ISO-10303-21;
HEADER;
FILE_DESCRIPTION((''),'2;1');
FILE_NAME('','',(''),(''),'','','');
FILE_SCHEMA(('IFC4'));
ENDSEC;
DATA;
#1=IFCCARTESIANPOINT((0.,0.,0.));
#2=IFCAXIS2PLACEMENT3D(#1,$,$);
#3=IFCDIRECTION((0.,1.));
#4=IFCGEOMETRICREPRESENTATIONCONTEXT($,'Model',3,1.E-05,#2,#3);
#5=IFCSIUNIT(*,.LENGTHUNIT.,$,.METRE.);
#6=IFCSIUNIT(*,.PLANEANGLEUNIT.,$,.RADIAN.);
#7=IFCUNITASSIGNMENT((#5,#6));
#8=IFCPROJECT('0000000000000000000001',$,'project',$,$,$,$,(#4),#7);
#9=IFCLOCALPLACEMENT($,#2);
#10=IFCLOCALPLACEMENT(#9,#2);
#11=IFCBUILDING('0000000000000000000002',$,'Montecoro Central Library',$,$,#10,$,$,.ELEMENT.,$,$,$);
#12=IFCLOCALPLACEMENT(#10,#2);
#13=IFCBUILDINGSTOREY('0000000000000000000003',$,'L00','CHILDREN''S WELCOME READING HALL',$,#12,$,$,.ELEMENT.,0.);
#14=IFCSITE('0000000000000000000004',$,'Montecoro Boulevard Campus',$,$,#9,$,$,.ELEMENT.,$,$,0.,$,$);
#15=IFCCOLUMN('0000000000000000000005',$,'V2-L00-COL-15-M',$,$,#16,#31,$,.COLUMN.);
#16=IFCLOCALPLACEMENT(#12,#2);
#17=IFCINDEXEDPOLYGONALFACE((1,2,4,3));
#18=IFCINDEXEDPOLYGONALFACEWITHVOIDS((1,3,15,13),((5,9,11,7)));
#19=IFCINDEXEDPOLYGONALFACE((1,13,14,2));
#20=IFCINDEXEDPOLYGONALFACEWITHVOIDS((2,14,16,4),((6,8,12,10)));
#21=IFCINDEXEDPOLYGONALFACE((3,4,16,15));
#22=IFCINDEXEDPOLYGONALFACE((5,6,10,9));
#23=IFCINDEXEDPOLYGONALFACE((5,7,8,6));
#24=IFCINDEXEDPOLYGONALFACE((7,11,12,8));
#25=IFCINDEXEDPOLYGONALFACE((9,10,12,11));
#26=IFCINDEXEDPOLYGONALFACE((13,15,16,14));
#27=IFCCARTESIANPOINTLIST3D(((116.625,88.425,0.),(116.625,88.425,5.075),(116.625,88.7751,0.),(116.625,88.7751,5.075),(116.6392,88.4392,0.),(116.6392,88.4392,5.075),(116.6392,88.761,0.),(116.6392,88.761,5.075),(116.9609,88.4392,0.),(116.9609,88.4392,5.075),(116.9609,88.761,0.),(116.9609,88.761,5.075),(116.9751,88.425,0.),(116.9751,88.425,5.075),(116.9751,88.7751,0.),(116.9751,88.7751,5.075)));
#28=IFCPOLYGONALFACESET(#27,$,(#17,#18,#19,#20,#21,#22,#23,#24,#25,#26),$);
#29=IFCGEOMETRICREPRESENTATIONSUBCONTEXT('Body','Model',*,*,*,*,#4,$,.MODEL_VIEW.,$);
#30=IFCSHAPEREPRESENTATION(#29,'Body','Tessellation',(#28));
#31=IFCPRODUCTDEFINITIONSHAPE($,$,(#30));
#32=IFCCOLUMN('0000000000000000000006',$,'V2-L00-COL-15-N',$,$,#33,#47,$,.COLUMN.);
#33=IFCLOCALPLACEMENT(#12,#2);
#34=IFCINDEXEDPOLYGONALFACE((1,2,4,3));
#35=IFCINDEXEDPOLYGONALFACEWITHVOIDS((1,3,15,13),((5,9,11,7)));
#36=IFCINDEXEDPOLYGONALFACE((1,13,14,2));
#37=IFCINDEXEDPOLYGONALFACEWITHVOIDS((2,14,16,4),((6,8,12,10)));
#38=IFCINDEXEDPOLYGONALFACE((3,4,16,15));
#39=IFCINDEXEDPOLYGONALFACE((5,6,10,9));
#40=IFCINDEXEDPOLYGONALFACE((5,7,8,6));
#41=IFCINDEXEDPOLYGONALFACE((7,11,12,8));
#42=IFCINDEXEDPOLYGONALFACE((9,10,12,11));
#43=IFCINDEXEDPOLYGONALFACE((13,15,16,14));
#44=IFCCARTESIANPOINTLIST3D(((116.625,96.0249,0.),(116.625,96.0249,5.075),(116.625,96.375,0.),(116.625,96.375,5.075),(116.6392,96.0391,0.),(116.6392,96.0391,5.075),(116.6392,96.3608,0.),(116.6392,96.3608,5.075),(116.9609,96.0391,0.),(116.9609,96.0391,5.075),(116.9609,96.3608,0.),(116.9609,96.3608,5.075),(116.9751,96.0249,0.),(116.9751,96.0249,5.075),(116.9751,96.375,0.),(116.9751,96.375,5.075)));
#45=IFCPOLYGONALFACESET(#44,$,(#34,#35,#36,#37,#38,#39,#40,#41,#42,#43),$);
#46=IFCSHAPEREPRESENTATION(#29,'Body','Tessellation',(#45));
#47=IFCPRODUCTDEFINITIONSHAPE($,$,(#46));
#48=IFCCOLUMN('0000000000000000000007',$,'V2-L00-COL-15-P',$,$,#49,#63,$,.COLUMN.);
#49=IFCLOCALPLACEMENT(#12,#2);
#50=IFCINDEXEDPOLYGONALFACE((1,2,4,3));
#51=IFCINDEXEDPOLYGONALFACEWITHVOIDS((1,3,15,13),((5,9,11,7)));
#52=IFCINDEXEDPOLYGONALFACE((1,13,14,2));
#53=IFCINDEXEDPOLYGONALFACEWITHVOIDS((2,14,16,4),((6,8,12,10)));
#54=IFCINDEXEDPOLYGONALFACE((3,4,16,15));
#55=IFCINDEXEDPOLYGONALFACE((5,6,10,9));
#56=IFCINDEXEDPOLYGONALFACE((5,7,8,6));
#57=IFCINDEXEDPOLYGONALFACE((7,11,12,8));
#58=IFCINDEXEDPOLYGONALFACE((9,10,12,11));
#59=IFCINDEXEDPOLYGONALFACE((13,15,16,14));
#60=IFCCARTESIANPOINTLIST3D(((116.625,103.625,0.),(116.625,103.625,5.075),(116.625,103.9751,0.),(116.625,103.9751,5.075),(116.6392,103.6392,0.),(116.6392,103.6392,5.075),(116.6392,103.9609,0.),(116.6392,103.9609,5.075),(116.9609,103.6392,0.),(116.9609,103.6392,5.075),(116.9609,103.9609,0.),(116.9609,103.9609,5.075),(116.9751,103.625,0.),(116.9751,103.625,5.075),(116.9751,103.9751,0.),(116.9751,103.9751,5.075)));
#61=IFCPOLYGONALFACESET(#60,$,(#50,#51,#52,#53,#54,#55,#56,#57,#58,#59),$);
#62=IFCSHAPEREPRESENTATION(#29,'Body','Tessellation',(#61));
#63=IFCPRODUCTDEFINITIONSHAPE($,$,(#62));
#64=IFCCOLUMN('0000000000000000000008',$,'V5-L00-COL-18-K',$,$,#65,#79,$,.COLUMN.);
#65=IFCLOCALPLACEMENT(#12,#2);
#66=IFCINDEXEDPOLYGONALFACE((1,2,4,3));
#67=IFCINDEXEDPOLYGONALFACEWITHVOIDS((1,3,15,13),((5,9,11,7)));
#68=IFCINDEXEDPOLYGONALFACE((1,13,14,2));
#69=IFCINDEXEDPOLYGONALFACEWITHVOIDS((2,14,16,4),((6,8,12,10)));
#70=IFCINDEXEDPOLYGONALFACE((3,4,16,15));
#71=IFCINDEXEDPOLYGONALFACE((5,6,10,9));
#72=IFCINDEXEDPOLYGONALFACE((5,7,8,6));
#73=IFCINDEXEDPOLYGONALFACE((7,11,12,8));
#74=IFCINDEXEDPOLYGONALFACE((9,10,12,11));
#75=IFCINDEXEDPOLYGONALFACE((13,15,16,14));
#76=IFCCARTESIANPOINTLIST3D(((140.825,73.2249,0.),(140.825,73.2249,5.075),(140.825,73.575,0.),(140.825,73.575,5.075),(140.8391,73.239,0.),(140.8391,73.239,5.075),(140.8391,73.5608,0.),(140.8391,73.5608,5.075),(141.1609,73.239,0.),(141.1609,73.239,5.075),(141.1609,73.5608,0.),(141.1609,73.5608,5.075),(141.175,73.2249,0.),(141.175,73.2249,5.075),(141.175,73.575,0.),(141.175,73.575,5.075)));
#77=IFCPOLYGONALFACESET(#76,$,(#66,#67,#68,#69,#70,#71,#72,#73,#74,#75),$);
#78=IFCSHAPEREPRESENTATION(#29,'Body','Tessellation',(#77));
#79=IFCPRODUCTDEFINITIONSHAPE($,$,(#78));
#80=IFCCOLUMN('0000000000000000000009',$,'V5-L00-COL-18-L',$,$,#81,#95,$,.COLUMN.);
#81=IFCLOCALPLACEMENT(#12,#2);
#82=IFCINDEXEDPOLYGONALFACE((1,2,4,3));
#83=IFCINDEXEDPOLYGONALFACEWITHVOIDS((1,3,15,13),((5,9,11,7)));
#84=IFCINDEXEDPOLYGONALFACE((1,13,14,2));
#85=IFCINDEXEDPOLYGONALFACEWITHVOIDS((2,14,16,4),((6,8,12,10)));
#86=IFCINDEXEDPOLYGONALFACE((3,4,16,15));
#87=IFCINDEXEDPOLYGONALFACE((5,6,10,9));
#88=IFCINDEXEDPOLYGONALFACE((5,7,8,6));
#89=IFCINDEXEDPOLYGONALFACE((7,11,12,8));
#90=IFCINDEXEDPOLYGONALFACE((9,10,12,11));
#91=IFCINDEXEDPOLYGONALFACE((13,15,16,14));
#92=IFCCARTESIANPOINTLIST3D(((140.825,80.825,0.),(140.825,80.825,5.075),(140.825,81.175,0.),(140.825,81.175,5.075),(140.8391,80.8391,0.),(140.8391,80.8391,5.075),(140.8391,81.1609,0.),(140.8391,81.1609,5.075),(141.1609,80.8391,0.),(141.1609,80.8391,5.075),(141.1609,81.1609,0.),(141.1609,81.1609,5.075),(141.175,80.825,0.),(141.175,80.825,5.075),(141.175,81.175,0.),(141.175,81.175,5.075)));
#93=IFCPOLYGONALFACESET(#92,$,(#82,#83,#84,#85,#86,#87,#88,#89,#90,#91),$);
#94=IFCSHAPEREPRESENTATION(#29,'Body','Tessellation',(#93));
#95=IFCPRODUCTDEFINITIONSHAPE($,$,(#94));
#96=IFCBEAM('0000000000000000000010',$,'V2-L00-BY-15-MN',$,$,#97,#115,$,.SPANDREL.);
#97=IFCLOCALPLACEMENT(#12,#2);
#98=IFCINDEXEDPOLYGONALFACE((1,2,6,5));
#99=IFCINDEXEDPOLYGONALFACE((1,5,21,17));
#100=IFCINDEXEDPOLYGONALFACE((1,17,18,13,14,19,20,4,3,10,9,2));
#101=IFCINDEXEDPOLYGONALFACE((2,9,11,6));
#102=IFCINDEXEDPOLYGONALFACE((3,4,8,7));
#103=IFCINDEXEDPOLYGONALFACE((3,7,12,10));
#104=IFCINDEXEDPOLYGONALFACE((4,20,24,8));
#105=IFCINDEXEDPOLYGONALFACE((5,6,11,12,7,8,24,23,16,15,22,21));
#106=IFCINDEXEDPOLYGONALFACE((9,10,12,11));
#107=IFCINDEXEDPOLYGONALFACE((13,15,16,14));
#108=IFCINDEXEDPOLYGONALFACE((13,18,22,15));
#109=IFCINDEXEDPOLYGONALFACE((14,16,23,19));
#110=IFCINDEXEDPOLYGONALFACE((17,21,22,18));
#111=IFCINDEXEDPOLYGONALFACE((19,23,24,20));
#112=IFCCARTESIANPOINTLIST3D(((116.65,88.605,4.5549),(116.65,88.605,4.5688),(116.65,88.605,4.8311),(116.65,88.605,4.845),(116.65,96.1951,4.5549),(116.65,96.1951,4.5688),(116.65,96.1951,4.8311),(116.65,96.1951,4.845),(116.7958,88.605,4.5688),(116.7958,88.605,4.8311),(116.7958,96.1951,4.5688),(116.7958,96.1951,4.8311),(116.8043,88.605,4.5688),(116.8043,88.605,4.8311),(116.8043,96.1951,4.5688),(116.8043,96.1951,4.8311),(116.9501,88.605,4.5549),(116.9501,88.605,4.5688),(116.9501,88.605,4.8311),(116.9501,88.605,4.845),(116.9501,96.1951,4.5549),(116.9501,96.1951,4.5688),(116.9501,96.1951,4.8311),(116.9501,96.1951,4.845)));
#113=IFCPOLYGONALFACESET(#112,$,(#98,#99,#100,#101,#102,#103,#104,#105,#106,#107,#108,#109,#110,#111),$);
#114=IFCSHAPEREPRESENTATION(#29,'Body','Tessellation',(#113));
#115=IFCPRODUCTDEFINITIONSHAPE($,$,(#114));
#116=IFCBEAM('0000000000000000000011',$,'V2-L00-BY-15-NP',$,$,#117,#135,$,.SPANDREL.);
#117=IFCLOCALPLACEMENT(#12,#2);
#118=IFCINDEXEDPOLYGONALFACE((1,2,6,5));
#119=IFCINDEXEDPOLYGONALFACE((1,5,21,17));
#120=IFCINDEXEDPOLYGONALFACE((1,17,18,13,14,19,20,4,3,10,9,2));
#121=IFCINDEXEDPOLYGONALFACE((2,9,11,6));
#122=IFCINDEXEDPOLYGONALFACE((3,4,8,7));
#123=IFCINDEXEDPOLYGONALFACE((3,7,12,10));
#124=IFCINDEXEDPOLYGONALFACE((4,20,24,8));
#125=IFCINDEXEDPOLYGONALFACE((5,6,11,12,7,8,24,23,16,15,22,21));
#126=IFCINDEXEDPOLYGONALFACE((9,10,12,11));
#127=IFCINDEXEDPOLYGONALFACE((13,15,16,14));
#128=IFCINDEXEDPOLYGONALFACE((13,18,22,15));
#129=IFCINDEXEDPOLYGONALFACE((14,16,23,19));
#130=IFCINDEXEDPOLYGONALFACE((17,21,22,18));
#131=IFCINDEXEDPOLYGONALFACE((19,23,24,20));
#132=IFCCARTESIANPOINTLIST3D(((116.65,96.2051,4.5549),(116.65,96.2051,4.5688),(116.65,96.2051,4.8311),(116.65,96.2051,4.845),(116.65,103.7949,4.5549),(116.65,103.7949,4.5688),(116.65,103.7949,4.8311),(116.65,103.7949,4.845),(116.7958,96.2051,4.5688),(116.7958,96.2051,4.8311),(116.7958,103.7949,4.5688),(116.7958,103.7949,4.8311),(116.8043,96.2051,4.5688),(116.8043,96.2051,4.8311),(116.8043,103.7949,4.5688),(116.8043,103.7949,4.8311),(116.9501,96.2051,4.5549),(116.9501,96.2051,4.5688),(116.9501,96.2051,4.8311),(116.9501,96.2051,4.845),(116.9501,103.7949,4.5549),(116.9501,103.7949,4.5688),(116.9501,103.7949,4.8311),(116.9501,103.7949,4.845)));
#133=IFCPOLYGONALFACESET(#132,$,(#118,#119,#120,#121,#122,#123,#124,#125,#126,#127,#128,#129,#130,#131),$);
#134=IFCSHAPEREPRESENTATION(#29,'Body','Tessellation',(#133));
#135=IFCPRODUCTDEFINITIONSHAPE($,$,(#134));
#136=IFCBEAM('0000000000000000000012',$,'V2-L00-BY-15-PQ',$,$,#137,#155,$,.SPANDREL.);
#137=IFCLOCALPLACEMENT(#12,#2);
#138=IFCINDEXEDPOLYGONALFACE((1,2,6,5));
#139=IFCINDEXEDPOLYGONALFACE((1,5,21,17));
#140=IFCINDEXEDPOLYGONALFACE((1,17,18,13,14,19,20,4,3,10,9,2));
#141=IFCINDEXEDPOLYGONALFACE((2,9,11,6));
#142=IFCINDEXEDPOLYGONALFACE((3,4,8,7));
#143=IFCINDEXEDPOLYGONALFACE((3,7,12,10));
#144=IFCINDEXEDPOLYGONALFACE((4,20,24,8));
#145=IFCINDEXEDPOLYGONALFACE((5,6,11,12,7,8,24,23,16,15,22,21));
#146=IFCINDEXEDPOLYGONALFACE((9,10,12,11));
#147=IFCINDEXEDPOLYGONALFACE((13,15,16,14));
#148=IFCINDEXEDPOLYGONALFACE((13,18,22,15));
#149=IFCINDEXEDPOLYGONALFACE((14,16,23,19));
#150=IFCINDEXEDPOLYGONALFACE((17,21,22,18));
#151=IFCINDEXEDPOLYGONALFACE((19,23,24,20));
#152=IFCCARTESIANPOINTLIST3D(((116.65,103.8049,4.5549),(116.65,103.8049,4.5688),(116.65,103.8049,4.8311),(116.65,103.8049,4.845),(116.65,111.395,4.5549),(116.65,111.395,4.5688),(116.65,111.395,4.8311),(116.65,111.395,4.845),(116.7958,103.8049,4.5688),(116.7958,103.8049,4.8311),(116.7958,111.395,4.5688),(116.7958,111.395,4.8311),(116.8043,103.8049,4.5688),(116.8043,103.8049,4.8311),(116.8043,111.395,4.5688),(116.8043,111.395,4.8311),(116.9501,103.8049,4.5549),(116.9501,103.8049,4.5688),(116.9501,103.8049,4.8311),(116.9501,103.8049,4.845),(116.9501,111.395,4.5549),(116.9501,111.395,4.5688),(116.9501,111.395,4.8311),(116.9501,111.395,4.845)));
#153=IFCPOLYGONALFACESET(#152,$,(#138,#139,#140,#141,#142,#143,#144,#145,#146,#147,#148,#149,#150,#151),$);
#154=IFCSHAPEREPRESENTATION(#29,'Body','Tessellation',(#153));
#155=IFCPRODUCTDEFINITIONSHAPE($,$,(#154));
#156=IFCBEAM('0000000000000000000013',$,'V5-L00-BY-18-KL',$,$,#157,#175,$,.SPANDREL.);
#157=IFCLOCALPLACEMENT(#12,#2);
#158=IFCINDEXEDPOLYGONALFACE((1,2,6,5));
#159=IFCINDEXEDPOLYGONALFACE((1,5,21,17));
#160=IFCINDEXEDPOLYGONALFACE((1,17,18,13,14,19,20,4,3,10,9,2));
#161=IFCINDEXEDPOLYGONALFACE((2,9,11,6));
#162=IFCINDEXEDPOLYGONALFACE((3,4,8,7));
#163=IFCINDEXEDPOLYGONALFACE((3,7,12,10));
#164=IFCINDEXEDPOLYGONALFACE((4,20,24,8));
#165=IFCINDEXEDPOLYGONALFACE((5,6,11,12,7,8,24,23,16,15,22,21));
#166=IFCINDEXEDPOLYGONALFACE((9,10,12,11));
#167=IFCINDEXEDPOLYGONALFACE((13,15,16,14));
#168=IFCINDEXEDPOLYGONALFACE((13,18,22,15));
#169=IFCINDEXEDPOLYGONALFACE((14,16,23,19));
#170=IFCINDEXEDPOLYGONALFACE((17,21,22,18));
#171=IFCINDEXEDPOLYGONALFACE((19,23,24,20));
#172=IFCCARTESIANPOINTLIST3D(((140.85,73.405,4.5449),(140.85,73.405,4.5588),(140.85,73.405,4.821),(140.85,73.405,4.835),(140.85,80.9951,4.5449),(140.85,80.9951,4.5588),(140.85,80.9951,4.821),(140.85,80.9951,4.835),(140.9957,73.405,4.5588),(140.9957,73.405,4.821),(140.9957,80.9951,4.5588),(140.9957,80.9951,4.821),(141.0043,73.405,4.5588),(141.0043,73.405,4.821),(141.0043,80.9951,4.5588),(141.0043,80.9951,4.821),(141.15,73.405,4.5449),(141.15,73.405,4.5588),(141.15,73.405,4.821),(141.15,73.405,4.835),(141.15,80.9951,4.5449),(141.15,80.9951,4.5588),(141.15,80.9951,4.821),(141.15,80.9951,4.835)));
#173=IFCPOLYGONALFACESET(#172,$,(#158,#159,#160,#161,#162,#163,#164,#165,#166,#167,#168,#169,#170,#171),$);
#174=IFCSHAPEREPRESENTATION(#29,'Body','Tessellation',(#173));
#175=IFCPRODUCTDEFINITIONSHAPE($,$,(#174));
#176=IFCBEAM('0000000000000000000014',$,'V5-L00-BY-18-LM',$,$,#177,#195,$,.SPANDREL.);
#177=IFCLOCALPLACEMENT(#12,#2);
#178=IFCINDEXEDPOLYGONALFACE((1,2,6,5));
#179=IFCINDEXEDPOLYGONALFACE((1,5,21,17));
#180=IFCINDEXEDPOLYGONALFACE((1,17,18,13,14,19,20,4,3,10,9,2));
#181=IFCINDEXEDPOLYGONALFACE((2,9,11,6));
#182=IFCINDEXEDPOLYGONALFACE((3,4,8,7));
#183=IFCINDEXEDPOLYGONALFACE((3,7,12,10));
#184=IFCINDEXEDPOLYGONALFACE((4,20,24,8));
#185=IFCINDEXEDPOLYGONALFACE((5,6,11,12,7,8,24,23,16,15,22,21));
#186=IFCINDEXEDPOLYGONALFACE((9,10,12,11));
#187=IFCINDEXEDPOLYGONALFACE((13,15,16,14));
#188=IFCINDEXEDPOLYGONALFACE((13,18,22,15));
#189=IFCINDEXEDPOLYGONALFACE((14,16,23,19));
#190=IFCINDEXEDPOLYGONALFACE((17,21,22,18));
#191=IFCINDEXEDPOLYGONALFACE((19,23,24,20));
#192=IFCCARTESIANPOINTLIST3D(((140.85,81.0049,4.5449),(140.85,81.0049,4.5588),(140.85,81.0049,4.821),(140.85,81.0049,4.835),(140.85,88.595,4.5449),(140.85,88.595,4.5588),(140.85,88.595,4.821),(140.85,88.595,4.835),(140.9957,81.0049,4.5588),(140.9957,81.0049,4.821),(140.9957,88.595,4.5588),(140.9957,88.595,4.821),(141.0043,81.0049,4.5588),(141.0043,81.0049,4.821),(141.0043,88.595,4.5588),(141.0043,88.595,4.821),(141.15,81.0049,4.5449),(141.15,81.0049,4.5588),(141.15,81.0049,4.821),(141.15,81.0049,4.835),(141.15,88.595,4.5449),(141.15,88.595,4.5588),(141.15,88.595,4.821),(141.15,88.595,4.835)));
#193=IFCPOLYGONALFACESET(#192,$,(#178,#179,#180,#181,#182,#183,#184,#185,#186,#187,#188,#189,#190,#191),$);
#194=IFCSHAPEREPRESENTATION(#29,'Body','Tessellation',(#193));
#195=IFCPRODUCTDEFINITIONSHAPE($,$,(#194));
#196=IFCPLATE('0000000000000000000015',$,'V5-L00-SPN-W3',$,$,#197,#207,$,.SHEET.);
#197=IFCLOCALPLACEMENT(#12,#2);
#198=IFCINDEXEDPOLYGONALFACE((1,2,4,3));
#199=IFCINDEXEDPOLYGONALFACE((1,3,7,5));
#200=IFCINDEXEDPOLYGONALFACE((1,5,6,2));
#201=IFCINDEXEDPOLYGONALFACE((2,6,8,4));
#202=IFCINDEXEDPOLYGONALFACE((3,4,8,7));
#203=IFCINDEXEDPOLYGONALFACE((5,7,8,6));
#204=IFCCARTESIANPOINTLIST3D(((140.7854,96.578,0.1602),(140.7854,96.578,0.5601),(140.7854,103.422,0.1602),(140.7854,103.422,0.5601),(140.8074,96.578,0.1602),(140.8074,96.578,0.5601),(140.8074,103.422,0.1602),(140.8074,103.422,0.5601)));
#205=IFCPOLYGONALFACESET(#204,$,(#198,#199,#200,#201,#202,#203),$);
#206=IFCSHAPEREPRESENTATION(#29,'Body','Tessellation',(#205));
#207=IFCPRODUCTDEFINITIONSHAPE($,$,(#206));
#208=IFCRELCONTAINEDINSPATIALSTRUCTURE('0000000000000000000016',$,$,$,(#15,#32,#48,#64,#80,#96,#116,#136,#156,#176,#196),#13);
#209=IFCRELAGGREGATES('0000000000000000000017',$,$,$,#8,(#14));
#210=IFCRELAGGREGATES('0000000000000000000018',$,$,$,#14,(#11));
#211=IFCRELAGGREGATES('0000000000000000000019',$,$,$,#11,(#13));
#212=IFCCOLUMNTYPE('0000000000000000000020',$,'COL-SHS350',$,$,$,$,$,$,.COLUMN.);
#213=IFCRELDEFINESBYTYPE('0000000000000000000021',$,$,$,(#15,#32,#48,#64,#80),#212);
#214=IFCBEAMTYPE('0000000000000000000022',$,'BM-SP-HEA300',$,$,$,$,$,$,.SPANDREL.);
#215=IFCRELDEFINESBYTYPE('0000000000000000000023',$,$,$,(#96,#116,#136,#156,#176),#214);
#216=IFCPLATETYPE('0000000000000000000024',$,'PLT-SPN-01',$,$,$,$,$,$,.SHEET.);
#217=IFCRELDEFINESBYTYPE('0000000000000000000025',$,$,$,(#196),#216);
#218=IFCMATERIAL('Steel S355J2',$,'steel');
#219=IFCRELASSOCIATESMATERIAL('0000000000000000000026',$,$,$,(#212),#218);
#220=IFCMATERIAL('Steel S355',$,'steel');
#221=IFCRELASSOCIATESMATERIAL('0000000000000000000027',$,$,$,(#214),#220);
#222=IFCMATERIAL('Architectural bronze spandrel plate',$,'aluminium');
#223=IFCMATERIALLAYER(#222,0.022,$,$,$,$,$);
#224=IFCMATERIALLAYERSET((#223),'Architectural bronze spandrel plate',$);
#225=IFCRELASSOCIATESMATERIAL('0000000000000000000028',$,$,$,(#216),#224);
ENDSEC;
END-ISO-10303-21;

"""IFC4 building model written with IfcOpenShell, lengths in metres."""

from ifc_helpers import new_model, si_unit, direction, frame, origin, origin_2d, place, context, subcontext, project, spatial, rectangle, hollow_rectangle, i_section, extrude, material, layer, layer_set, material_profile, profile_set, type_object, element, save


model = new_model("IFC4")

# Units and contexts
model_context = context("Model", 3, precision=1e-05, world=origin(), true_north=direction((0.0, 1.0)))
body_context = subcontext(model_context, "Body", "Model", "MODEL_VIEW")
ifc_project = project(units=[si_unit("LENGTHUNIT", "METRE"), si_unit("PLANEANGLEUNIT", "RADIAN")], contexts=[model_context])

# Site, building, storey
site_placement = place(None, origin())
site = spatial("IfcSite", under=ifc_project, at=site_placement, Name="Montecoro Boulevard Campus", CompositionType="ELEMENT", RefElevation=0.0)
building_placement = place(site_placement, origin())
building = spatial("IfcBuilding", under=site, at=building_placement, Name="Montecoro Central Library", CompositionType="ELEMENT")
storey_placement = place(building_placement, origin())
storey = spatial("IfcBuildingStorey", under=building, at=storey_placement, Name="L00", Description="CHILDREN'S WELCOME READING HALL", CompositionType="ELEMENT", Elevation=0.0)

# Columns
ifc_material_1 = material(Name="Steel S355J2", Category="steel")
ifc_material_profile_1 = material_profile(ifc_material_1, hollow_rectangle(XDim=0.3501, YDim=0.3501, WallThickness=0.0142, at=origin_2d()), Name="SHS 350x350x14.2")
ifc_profile_set_1 = profile_set([ifc_material_profile_1], Name="Steel S355J2")
column_type = type_object("IfcColumnType", Name="COL-SHS350", PredefinedType="COLUMN", material=ifc_profile_set_1)
for number, where, z_axis, x_axis, name in (
    (1, (116.8, 88.6001, 0.0), (0.0, 0.0, 1.0), (1.0, 0.0, 0.0), "V2-L00-COL-15-M"),
    (2, (116.8, 96.2, 0.0), (0.0, 0.0, 1.0), (1.0, 0.0, 0.0), "V2-L00-COL-15-N"),
    (3, (116.8, 103.8, 0.0), (0.0, 0.0, 1.0), (1.0, 0.0, 0.0), "V2-L00-COL-15-P"),
    (4, (141.0, 73.3999, 0.0), (0.0, 0.0, 1.0), (1.0, 0.0, 0.0), "V5-L00-COL-18-K"),
    (5, (141.0, 81.0, 0.0), (0.0, 0.0, 1.0), (1.0, 0.0, 0.0), "V5-L00-COL-18-L"),
):
    element("IfcColumn", number, at=place(storey_placement, frame(where, z_axis=z_axis, x_axis=x_axis)), inside=storey, type_object=column_type, Name=name, PredefinedType="COLUMN", context=body_context, shape_type="SweptSolid", body=[
        extrude(hollow_rectangle(XDim=0.3501, YDim=0.3501, WallThickness=0.0142, at=origin_2d()), origin(), (0.0, 0.0, 1.0), 5.075),
    ])

# Beams
ifc_material_2 = material(Name="Steel S355", Category="steel")
ifc_material_profile_2 = material_profile(ifc_material_2, i_section(OverallWidth=0.3, OverallDepth=0.29, WebThickness=0.0085, FlangeThickness=0.0139, at=origin_2d()), Name="HEA 300")
ifc_profile_set_2 = profile_set([ifc_material_profile_2], Name="Steel S355")
beam_type = type_object("IfcBeamType", Name="BM-SP-HEA300", PredefinedType="SPANDREL", material=ifc_profile_set_2)
beam_1_placement = place(storey_placement, frame((116.8, 88.605, 4.7), z_axis=(0.0, 1.0, 0.0), x_axis=(-1.0, 0.0, 0.0)))
element("IfcBeam", 6, at=beam_1_placement, inside=storey, type_object=beam_type, Name="V2-L00-BY-15-MN", PredefinedType="SPANDREL", context=body_context, shape_type="SweptSolid", body=[
    extrude(i_section(OverallWidth=0.3, OverallDepth=0.29, WebThickness=0.0085, FlangeThickness=0.0139, at=origin_2d()), origin(), (0.0, 0.0, 1.0), 7.5901),
])
beam_2_placement = place(storey_placement, frame((116.8, 96.2051, 4.7), z_axis=(0.0, 1.0, 0.0), x_axis=(-1.0, 0.0, 0.0)))
element("IfcBeam", 7, at=beam_2_placement, inside=storey, type_object=beam_type, Name="V2-L00-BY-15-NP", PredefinedType="SPANDREL", context=body_context, shape_type="SweptSolid", body=[
    extrude(i_section(OverallWidth=0.3, OverallDepth=0.29, WebThickness=0.0085, FlangeThickness=0.0139, at=origin_2d()), origin(), (0.0, 0.0, 1.0), 7.5898),
])
for number, where, z_axis, x_axis, name in (
    (8, (116.8, 103.8049, 4.7), (0.0, 1.0, 0.0), (-1.0, 0.0, 0.0), "V2-L00-BY-15-PQ"),
    (9, (141.0, 73.405, 4.6899), (0.0, 1.0, 0.0), (-1.0, 0.0, 0.0), "V5-L00-BY-18-KL"),
    (10, (141.0, 81.0049, 4.6899), (0.0, 1.0, 0.0), (-1.0, 0.0, 0.0), "V5-L00-BY-18-LM"),
):
    element("IfcBeam", number, at=place(storey_placement, frame(where, z_axis=z_axis, x_axis=x_axis)), inside=storey, type_object=beam_type, Name=name, PredefinedType="SPANDREL", context=body_context, shape_type="SweptSolid", body=[
        extrude(i_section(OverallWidth=0.3, OverallDepth=0.29, WebThickness=0.0085, FlangeThickness=0.0139, at=origin_2d()), origin(), (0.0, 0.0, 1.0), 7.5901),
    ])

# Plate
ifc_material_3 = material(Name="Architectural bronze spandrel plate", Category="aluminium")
ifc_layer_1 = layer(ifc_material_3, 0.022)
ifc_layer_set_1 = layer_set([ifc_layer_1], Name="Architectural bronze spandrel plate")
plate_type_1 = type_object("IfcPlateType", Name="PLT-SPN-01", PredefinedType="SHEET", material=ifc_layer_set_1)
plate_placement = place(storey_placement, frame((140.7964, 100.0, 0.1602), z_axis=(0.0, 0.0, 1.0), x_axis=(0.0, -1.0, 0.0)))
element("IfcPlate", 11, at=plate_placement, inside=storey, type_object=plate_type_1, Name="V5-L00-SPN-W3", PredefinedType="SHEET", context=body_context, shape_type="SweptSolid", body=[
    extrude(rectangle(XDim=6.844, YDim=0.022, at=origin_2d()), origin(), (0.0, 0.0, 1.0), 0.3999),
])

save(model, "model.ifc")
